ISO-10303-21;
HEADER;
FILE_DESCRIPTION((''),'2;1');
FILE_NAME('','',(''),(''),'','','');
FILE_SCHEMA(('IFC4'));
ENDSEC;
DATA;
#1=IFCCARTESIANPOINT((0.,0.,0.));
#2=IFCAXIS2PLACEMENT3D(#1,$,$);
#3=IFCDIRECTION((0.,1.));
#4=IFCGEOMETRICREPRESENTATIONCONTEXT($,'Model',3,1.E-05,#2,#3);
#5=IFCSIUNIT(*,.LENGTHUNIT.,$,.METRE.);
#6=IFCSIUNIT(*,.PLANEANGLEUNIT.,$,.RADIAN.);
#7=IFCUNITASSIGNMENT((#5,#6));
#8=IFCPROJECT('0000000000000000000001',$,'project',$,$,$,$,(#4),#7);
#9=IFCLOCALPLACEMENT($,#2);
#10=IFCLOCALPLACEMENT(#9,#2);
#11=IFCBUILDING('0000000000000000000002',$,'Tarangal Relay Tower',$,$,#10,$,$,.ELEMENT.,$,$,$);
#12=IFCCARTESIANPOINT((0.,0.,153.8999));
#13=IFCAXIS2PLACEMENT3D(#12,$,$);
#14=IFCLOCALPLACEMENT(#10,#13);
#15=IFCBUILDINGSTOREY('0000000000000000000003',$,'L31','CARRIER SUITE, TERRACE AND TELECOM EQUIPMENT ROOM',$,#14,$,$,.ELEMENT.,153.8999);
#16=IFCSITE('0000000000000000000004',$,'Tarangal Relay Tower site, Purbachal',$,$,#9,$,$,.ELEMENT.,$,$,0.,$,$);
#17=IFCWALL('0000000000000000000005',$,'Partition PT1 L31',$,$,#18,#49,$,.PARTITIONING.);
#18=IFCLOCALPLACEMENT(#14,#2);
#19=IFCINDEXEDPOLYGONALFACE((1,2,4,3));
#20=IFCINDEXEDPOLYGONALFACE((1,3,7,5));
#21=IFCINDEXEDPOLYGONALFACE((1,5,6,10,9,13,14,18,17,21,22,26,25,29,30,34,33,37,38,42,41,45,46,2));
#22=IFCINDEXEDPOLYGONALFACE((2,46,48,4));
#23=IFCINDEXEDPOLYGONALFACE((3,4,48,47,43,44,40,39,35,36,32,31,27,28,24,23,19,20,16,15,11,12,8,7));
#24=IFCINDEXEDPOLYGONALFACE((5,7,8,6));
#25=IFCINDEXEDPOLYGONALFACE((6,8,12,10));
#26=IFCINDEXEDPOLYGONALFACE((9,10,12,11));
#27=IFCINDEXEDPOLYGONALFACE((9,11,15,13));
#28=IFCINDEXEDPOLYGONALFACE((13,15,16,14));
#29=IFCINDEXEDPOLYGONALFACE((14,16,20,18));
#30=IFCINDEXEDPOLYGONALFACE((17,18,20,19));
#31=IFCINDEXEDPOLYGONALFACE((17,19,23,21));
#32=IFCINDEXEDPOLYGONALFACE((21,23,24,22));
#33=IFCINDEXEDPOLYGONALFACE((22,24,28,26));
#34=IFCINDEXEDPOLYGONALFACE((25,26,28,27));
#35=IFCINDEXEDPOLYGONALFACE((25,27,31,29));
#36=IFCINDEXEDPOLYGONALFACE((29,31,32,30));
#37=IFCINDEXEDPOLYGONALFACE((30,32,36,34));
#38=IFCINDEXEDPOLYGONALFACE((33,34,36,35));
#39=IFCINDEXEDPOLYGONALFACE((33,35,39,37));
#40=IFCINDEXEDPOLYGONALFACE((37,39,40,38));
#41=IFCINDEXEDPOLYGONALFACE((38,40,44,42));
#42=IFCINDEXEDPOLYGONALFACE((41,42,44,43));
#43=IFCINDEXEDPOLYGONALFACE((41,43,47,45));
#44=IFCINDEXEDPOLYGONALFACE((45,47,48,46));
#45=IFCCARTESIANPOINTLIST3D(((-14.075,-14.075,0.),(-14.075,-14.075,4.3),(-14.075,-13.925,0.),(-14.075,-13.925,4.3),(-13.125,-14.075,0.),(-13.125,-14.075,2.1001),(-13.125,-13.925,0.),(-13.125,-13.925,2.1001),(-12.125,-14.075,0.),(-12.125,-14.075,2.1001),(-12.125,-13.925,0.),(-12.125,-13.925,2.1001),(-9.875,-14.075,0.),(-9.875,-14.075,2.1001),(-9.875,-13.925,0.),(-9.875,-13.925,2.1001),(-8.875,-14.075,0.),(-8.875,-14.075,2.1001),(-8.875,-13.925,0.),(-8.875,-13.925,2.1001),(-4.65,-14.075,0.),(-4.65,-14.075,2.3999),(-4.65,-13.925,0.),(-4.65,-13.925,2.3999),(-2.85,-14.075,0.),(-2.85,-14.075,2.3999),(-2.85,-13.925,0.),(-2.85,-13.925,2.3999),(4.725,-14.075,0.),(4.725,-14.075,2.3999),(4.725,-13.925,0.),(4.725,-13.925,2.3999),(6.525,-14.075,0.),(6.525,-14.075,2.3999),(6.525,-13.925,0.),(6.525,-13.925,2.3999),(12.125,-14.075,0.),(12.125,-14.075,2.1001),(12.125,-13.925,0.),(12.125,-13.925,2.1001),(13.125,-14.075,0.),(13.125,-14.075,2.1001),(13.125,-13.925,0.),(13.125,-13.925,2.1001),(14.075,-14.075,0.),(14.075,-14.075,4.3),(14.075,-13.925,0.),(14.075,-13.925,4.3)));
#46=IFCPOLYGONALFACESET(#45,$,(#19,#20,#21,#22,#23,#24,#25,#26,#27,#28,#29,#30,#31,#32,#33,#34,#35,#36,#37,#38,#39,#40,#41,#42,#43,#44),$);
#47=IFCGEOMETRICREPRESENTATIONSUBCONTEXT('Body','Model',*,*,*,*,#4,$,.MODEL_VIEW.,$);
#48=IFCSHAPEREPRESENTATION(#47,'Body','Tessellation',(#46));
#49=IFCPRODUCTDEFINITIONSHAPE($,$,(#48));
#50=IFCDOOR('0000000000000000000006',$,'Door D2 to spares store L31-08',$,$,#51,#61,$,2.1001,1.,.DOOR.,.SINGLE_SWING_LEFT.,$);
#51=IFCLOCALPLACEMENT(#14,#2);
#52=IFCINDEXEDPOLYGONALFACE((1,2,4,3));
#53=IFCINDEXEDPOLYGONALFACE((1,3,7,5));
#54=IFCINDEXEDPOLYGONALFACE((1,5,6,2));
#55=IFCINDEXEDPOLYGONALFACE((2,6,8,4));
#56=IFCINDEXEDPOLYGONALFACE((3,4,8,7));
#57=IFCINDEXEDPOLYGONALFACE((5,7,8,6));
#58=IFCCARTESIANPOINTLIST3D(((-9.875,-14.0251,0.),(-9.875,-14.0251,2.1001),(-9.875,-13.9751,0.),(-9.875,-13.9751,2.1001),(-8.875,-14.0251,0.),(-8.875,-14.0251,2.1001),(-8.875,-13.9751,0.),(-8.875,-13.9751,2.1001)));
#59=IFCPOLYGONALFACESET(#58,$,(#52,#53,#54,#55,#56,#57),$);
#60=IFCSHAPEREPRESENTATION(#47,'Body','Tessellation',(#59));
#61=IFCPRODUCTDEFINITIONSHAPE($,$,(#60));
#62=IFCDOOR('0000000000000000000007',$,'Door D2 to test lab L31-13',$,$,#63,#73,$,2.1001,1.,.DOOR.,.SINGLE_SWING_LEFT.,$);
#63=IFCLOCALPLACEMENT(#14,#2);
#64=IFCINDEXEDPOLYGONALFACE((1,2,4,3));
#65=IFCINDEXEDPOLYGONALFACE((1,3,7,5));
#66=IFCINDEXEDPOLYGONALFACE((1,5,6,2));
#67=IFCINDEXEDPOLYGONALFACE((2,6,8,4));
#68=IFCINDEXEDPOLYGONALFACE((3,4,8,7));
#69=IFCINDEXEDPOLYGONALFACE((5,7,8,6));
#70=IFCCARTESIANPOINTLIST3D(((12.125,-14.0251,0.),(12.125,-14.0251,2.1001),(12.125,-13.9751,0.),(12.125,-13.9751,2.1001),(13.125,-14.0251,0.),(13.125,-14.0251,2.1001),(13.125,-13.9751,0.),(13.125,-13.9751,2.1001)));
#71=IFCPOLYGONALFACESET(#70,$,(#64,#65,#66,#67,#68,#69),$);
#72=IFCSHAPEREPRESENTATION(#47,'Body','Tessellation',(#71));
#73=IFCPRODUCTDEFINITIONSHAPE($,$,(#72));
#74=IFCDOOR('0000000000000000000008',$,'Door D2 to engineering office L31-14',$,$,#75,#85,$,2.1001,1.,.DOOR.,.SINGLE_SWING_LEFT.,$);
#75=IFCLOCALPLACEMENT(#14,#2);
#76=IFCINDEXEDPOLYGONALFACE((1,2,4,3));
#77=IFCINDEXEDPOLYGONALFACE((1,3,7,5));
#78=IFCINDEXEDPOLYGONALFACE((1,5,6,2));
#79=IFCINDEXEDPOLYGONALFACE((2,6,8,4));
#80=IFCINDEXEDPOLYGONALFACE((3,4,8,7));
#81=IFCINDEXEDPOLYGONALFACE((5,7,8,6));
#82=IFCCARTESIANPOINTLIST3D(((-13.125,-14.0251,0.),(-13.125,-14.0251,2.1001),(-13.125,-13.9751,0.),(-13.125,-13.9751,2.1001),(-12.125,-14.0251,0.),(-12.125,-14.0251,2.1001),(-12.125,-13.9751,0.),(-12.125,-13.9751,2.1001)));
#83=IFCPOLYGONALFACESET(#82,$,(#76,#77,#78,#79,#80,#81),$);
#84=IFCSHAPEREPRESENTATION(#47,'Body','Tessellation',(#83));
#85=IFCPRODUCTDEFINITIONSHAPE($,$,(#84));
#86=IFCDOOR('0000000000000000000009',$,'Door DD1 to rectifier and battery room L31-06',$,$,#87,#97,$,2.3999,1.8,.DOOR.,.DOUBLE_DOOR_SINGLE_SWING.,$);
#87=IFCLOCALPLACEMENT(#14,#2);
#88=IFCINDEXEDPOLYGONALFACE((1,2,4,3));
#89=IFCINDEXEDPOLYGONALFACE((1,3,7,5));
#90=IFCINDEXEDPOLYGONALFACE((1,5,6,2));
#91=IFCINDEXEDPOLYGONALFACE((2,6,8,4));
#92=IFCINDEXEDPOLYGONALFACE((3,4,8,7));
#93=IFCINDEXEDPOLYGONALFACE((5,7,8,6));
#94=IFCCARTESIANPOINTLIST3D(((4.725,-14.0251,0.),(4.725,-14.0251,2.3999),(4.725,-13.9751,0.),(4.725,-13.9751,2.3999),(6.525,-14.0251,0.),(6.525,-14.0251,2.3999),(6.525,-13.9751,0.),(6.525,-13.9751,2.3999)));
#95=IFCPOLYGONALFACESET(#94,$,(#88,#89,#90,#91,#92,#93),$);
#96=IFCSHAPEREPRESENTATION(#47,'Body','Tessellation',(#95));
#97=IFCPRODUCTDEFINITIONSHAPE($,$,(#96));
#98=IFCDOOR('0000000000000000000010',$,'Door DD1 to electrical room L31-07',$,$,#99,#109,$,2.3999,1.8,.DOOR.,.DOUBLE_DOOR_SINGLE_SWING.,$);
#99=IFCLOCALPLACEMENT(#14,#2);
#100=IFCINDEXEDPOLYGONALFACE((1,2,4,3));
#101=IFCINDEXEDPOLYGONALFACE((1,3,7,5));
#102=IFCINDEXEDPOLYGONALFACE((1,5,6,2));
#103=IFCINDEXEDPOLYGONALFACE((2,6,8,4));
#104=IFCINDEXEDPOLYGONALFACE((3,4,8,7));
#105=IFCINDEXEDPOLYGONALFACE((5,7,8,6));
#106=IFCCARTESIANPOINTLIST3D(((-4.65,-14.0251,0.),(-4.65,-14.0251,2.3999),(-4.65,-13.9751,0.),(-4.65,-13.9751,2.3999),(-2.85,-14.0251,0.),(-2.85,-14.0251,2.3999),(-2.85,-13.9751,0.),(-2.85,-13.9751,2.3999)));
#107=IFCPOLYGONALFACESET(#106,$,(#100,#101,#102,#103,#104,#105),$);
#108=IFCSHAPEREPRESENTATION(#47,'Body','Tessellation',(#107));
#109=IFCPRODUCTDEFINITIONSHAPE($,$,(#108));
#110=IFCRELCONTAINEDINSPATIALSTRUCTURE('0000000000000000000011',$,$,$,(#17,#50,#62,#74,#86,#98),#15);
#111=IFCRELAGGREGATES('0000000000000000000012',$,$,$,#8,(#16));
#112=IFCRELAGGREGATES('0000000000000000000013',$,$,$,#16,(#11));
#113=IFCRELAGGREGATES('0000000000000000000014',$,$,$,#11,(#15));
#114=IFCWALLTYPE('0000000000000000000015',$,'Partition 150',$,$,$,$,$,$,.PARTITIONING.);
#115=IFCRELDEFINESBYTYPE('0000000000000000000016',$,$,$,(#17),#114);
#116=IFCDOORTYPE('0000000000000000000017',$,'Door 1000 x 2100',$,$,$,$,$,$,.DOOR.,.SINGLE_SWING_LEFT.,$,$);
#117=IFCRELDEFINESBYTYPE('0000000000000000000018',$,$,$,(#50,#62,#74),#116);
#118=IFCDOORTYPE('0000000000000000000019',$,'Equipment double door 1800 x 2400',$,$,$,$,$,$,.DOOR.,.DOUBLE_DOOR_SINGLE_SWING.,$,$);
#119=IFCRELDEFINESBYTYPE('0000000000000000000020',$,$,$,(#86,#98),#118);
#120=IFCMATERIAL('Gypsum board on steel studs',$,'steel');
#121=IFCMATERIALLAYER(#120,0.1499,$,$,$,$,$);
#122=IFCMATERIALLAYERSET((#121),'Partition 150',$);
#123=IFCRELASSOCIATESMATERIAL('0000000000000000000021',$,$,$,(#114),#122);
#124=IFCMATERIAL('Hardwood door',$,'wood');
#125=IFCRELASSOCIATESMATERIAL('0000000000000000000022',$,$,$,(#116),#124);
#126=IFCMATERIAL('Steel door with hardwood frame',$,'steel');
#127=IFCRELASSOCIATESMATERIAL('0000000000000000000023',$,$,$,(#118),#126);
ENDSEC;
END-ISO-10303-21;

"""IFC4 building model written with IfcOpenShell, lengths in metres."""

from ifc_helpers import new_model, si_unit, direction, frame, frame_2d, origin, place, context, subcontext, project, spatial, rectangle, extrude, material, layer, layer_set, type_object, element, fill, save


model = new_model("IFC4")

# Units and contexts
model_context = context("Model", 3, precision=1e-05, world=origin(), true_north=direction((0.0, 1.0)))
body_context = subcontext(model_context, "Body", "Model", "MODEL_VIEW")
ifc_project = project(units=[si_unit("LENGTHUNIT", "METRE"), si_unit("PLANEANGLEUNIT", "RADIAN")], contexts=[model_context])

# Site, building, storey
site_placement = place(None, origin())
site = spatial("IfcSite", under=ifc_project, at=site_placement, Name="Tarangal Relay Tower site, Purbachal", CompositionType="ELEMENT", RefElevation=0.0)
building_placement = place(site_placement, origin())
building = spatial("IfcBuilding", under=site, at=building_placement, Name="Tarangal Relay Tower", CompositionType="ELEMENT")
storey_placement = place(building_placement, frame((0.0, 0.0, 153.8999)))
storey = spatial("IfcBuildingStorey", under=building, at=storey_placement, Name="L31", Description="CARRIER SUITE, TERRACE AND TELECOM EQUIPMENT ROOM", CompositionType="ELEMENT", Elevation=153.8999)

# Wall, openings, doors
ifc_material_1 = material(Name="Gypsum board on steel studs", Category="steel")
ifc_layer_1 = layer(ifc_material_1, 0.1499)
ifc_layer_set_1 = layer_set([ifc_layer_1], Name="Partition 150")
wall_type_1 = type_object("IfcWallType", Name="Partition 150", PredefinedType="PARTITIONING", material=ifc_layer_set_1)
wall_1_placement = place(storey_placement, frame((-14.075, -14.0, 0.0), z_axis=(0.0, 0.0, 1.0), x_axis=(1.0, 0.0, 0.0)))
wall_1 = element("IfcWall", 1, at=wall_1_placement, inside=storey, type_object=wall_type_1, Name="Partition PT1 L31", PredefinedType="PARTITIONING", context=body_context, shape_type="SweptSolid", body=[
    extrude(rectangle(XDim=28.1499, YDim=0.1499, at=frame_2d((14.075, 0.0))), origin(), (0.0, 0.0, 1.0), 4.3),
])
opening_1_placement = place(wall_1_placement, frame((18.8, 0.0, 0.0)))
opening_1 = element("IfcOpeningElement", 2, at=opening_1_placement, cuts=wall_1, PredefinedType="OPENING", context=body_context, shape_type="SweptSolid", body=[
    extrude(rectangle(XDim=1.8, YDim=2.3999, at=frame_2d((0.8999, 1.2))), frame((0.0, 0.085, 0.0), z_axis=(0.0, -1.0, 0.0), x_axis=(1.0, 0.0, 0.0)), (0.0, 0.0, 1.0), 0.1699),
])
opening_2_placement = place(wall_1_placement, frame((9.425, 0.0, 0.0)))
opening_2 = element("IfcOpeningElement", 3, at=opening_2_placement, cuts=wall_1, PredefinedType="OPENING", context=body_context, shape_type="SweptSolid", body=[
    extrude(rectangle(XDim=1.8, YDim=2.3999, at=frame_2d((0.8999, 1.2))), frame((0.0, 0.085, 0.0), z_axis=(0.0, -1.0, 0.0), x_axis=(1.0, 0.0, 0.0)), (0.0, 0.0, 1.0), 0.1699),
])
opening_3_placement = place(wall_1_placement, frame((4.2, 0.0, 0.0)))
opening_3 = element("IfcOpeningElement", 4, at=opening_3_placement, cuts=wall_1, PredefinedType="OPENING", context=body_context, shape_type="SweptSolid", body=[
    extrude(rectangle(XDim=1.0, YDim=2.1001, at=frame_2d((0.5, 1.05))), frame((0.0, 0.085, 0.0), z_axis=(0.0, -1.0, 0.0), x_axis=(1.0, 0.0, 0.0)), (0.0, 0.0, 1.0), 0.1699),
])
opening_4_placement = place(wall_1_placement, frame((26.2, 0.0, 0.0)))
opening_4 = element("IfcOpeningElement", 5, at=opening_4_placement, cuts=wall_1, PredefinedType="OPENING", context=body_context, shape_type="SweptSolid", body=[
    extrude(rectangle(XDim=1.0, YDim=2.1001, at=frame_2d((0.5, 1.05))), frame((0.0, 0.085, 0.0), z_axis=(0.0, -1.0, 0.0), x_axis=(1.0, 0.0, 0.0)), (0.0, 0.0, 1.0), 0.1699),
])
opening_5_placement = place(wall_1_placement, frame((0.95, 0.0, 0.0)))
opening_5 = element("IfcOpeningElement", 6, at=opening_5_placement, cuts=wall_1, PredefinedType="OPENING", context=body_context, shape_type="SweptSolid", body=[
    extrude(rectangle(XDim=1.0, YDim=2.1001, at=frame_2d((0.5, 1.05))), frame((0.0, 0.085, 0.0), z_axis=(0.0, -1.0, 0.0), x_axis=(1.0, 0.0, 0.0)), (0.0, 0.0, 1.0), 0.1699),
])
ifc_material_2 = material(Name="Hardwood door", Category="wood")
door_type_1 = type_object("IfcDoorType", Name="Door 1000 x 2100", OperationType="SINGLE_SWING_LEFT", PredefinedType="DOOR", material=ifc_material_2)
door_1_placement = place(opening_3_placement, origin())
door_1 = element("IfcDoor", 7, at=door_1_placement, inside=storey, type_object=door_type_1, Name="Door D2 to spares store L31-08", OperationType="SINGLE_SWING_LEFT", OverallHeight=2.1001, OverallWidth=1.0, PredefinedType="DOOR", context=body_context, shape_type="SweptSolid", body=[
    extrude(rectangle(XDim=1.0, YDim=2.1001, at=frame_2d((0.5, 1.05))), frame((0.0, 0.0249, 0.0), z_axis=(0.0, -1.0, 0.0), x_axis=(1.0, 0.0, 0.0)), (0.0, 0.0, 1.0), 0.05),
])
fill(opening_3, door_1)
door_2_placement = place(opening_4_placement, origin())
door_2 = element("IfcDoor", 8, at=door_2_placement, inside=storey, type_object=door_type_1, Name="Door D2 to test lab L31-13", OperationType="SINGLE_SWING_LEFT", OverallHeight=2.1001, OverallWidth=1.0, PredefinedType="DOOR", context=body_context, shape_type="SweptSolid", body=[
    extrude(rectangle(XDim=1.0, YDim=2.1001, at=frame_2d((0.5, 1.05))), frame((0.0, 0.0249, 0.0), z_axis=(0.0, -1.0, 0.0), x_axis=(1.0, 0.0, 0.0)), (0.0, 0.0, 1.0), 0.05),
])
fill(opening_4, door_2)
door_3_placement = place(opening_5_placement, origin())
door_3 = element("IfcDoor", 9, at=door_3_placement, inside=storey, type_object=door_type_1, Name="Door D2 to engineering office L31-14", OperationType="SINGLE_SWING_LEFT", OverallHeight=2.1001, OverallWidth=1.0, PredefinedType="DOOR", context=body_context, shape_type="SweptSolid", body=[
    extrude(rectangle(XDim=1.0, YDim=2.1001, at=frame_2d((0.5, 1.05))), frame((0.0, 0.0249, 0.0), z_axis=(0.0, -1.0, 0.0), x_axis=(1.0, 0.0, 0.0)), (0.0, 0.0, 1.0), 0.05),
])
fill(opening_5, door_3)
ifc_material_3 = material(Name="Steel door with hardwood frame", Category="steel")
door_type_2 = type_object("IfcDoorType", Name="Equipment double door 1800 x 2400", OperationType="DOUBLE_DOOR_SINGLE_SWING", PredefinedType="DOOR", material=ifc_material_3)
door_4_placement = place(opening_1_placement, origin())
door_4 = element("IfcDoor", 10, at=door_4_placement, inside=storey, type_object=door_type_2, Name="Door DD1 to rectifier and battery room L31-06", OperationType="DOUBLE_DOOR_SINGLE_SWING", OverallHeight=2.3999, OverallWidth=1.8, PredefinedType="DOOR", context=body_context, shape_type="SweptSolid", body=[
    extrude(rectangle(XDim=1.8, YDim=2.3999, at=frame_2d((0.8999, 1.2))), frame((0.0, 0.0249, 0.0), z_axis=(0.0, -1.0, 0.0), x_axis=(1.0, 0.0, 0.0)), (0.0, 0.0, 1.0), 0.05),
])
fill(opening_1, door_4)
door_5_placement = place(opening_2_placement, origin())
door_5 = element("IfcDoor", 11, at=door_5_placement, inside=storey, type_object=door_type_2, Name="Door DD1 to electrical room L31-07", OperationType="DOUBLE_DOOR_SINGLE_SWING", OverallHeight=2.3999, OverallWidth=1.8, PredefinedType="DOOR", context=body_context, shape_type="SweptSolid", body=[
    extrude(rectangle(XDim=1.8, YDim=2.3999, at=frame_2d((0.8999, 1.2))), frame((0.0, 0.0249, 0.0), z_axis=(0.0, -1.0, 0.0), x_axis=(1.0, 0.0, 0.0)), (0.0, 0.0, 1.0), 0.05),
])
fill(opening_2, door_5)

save(model, "model.ifc")
